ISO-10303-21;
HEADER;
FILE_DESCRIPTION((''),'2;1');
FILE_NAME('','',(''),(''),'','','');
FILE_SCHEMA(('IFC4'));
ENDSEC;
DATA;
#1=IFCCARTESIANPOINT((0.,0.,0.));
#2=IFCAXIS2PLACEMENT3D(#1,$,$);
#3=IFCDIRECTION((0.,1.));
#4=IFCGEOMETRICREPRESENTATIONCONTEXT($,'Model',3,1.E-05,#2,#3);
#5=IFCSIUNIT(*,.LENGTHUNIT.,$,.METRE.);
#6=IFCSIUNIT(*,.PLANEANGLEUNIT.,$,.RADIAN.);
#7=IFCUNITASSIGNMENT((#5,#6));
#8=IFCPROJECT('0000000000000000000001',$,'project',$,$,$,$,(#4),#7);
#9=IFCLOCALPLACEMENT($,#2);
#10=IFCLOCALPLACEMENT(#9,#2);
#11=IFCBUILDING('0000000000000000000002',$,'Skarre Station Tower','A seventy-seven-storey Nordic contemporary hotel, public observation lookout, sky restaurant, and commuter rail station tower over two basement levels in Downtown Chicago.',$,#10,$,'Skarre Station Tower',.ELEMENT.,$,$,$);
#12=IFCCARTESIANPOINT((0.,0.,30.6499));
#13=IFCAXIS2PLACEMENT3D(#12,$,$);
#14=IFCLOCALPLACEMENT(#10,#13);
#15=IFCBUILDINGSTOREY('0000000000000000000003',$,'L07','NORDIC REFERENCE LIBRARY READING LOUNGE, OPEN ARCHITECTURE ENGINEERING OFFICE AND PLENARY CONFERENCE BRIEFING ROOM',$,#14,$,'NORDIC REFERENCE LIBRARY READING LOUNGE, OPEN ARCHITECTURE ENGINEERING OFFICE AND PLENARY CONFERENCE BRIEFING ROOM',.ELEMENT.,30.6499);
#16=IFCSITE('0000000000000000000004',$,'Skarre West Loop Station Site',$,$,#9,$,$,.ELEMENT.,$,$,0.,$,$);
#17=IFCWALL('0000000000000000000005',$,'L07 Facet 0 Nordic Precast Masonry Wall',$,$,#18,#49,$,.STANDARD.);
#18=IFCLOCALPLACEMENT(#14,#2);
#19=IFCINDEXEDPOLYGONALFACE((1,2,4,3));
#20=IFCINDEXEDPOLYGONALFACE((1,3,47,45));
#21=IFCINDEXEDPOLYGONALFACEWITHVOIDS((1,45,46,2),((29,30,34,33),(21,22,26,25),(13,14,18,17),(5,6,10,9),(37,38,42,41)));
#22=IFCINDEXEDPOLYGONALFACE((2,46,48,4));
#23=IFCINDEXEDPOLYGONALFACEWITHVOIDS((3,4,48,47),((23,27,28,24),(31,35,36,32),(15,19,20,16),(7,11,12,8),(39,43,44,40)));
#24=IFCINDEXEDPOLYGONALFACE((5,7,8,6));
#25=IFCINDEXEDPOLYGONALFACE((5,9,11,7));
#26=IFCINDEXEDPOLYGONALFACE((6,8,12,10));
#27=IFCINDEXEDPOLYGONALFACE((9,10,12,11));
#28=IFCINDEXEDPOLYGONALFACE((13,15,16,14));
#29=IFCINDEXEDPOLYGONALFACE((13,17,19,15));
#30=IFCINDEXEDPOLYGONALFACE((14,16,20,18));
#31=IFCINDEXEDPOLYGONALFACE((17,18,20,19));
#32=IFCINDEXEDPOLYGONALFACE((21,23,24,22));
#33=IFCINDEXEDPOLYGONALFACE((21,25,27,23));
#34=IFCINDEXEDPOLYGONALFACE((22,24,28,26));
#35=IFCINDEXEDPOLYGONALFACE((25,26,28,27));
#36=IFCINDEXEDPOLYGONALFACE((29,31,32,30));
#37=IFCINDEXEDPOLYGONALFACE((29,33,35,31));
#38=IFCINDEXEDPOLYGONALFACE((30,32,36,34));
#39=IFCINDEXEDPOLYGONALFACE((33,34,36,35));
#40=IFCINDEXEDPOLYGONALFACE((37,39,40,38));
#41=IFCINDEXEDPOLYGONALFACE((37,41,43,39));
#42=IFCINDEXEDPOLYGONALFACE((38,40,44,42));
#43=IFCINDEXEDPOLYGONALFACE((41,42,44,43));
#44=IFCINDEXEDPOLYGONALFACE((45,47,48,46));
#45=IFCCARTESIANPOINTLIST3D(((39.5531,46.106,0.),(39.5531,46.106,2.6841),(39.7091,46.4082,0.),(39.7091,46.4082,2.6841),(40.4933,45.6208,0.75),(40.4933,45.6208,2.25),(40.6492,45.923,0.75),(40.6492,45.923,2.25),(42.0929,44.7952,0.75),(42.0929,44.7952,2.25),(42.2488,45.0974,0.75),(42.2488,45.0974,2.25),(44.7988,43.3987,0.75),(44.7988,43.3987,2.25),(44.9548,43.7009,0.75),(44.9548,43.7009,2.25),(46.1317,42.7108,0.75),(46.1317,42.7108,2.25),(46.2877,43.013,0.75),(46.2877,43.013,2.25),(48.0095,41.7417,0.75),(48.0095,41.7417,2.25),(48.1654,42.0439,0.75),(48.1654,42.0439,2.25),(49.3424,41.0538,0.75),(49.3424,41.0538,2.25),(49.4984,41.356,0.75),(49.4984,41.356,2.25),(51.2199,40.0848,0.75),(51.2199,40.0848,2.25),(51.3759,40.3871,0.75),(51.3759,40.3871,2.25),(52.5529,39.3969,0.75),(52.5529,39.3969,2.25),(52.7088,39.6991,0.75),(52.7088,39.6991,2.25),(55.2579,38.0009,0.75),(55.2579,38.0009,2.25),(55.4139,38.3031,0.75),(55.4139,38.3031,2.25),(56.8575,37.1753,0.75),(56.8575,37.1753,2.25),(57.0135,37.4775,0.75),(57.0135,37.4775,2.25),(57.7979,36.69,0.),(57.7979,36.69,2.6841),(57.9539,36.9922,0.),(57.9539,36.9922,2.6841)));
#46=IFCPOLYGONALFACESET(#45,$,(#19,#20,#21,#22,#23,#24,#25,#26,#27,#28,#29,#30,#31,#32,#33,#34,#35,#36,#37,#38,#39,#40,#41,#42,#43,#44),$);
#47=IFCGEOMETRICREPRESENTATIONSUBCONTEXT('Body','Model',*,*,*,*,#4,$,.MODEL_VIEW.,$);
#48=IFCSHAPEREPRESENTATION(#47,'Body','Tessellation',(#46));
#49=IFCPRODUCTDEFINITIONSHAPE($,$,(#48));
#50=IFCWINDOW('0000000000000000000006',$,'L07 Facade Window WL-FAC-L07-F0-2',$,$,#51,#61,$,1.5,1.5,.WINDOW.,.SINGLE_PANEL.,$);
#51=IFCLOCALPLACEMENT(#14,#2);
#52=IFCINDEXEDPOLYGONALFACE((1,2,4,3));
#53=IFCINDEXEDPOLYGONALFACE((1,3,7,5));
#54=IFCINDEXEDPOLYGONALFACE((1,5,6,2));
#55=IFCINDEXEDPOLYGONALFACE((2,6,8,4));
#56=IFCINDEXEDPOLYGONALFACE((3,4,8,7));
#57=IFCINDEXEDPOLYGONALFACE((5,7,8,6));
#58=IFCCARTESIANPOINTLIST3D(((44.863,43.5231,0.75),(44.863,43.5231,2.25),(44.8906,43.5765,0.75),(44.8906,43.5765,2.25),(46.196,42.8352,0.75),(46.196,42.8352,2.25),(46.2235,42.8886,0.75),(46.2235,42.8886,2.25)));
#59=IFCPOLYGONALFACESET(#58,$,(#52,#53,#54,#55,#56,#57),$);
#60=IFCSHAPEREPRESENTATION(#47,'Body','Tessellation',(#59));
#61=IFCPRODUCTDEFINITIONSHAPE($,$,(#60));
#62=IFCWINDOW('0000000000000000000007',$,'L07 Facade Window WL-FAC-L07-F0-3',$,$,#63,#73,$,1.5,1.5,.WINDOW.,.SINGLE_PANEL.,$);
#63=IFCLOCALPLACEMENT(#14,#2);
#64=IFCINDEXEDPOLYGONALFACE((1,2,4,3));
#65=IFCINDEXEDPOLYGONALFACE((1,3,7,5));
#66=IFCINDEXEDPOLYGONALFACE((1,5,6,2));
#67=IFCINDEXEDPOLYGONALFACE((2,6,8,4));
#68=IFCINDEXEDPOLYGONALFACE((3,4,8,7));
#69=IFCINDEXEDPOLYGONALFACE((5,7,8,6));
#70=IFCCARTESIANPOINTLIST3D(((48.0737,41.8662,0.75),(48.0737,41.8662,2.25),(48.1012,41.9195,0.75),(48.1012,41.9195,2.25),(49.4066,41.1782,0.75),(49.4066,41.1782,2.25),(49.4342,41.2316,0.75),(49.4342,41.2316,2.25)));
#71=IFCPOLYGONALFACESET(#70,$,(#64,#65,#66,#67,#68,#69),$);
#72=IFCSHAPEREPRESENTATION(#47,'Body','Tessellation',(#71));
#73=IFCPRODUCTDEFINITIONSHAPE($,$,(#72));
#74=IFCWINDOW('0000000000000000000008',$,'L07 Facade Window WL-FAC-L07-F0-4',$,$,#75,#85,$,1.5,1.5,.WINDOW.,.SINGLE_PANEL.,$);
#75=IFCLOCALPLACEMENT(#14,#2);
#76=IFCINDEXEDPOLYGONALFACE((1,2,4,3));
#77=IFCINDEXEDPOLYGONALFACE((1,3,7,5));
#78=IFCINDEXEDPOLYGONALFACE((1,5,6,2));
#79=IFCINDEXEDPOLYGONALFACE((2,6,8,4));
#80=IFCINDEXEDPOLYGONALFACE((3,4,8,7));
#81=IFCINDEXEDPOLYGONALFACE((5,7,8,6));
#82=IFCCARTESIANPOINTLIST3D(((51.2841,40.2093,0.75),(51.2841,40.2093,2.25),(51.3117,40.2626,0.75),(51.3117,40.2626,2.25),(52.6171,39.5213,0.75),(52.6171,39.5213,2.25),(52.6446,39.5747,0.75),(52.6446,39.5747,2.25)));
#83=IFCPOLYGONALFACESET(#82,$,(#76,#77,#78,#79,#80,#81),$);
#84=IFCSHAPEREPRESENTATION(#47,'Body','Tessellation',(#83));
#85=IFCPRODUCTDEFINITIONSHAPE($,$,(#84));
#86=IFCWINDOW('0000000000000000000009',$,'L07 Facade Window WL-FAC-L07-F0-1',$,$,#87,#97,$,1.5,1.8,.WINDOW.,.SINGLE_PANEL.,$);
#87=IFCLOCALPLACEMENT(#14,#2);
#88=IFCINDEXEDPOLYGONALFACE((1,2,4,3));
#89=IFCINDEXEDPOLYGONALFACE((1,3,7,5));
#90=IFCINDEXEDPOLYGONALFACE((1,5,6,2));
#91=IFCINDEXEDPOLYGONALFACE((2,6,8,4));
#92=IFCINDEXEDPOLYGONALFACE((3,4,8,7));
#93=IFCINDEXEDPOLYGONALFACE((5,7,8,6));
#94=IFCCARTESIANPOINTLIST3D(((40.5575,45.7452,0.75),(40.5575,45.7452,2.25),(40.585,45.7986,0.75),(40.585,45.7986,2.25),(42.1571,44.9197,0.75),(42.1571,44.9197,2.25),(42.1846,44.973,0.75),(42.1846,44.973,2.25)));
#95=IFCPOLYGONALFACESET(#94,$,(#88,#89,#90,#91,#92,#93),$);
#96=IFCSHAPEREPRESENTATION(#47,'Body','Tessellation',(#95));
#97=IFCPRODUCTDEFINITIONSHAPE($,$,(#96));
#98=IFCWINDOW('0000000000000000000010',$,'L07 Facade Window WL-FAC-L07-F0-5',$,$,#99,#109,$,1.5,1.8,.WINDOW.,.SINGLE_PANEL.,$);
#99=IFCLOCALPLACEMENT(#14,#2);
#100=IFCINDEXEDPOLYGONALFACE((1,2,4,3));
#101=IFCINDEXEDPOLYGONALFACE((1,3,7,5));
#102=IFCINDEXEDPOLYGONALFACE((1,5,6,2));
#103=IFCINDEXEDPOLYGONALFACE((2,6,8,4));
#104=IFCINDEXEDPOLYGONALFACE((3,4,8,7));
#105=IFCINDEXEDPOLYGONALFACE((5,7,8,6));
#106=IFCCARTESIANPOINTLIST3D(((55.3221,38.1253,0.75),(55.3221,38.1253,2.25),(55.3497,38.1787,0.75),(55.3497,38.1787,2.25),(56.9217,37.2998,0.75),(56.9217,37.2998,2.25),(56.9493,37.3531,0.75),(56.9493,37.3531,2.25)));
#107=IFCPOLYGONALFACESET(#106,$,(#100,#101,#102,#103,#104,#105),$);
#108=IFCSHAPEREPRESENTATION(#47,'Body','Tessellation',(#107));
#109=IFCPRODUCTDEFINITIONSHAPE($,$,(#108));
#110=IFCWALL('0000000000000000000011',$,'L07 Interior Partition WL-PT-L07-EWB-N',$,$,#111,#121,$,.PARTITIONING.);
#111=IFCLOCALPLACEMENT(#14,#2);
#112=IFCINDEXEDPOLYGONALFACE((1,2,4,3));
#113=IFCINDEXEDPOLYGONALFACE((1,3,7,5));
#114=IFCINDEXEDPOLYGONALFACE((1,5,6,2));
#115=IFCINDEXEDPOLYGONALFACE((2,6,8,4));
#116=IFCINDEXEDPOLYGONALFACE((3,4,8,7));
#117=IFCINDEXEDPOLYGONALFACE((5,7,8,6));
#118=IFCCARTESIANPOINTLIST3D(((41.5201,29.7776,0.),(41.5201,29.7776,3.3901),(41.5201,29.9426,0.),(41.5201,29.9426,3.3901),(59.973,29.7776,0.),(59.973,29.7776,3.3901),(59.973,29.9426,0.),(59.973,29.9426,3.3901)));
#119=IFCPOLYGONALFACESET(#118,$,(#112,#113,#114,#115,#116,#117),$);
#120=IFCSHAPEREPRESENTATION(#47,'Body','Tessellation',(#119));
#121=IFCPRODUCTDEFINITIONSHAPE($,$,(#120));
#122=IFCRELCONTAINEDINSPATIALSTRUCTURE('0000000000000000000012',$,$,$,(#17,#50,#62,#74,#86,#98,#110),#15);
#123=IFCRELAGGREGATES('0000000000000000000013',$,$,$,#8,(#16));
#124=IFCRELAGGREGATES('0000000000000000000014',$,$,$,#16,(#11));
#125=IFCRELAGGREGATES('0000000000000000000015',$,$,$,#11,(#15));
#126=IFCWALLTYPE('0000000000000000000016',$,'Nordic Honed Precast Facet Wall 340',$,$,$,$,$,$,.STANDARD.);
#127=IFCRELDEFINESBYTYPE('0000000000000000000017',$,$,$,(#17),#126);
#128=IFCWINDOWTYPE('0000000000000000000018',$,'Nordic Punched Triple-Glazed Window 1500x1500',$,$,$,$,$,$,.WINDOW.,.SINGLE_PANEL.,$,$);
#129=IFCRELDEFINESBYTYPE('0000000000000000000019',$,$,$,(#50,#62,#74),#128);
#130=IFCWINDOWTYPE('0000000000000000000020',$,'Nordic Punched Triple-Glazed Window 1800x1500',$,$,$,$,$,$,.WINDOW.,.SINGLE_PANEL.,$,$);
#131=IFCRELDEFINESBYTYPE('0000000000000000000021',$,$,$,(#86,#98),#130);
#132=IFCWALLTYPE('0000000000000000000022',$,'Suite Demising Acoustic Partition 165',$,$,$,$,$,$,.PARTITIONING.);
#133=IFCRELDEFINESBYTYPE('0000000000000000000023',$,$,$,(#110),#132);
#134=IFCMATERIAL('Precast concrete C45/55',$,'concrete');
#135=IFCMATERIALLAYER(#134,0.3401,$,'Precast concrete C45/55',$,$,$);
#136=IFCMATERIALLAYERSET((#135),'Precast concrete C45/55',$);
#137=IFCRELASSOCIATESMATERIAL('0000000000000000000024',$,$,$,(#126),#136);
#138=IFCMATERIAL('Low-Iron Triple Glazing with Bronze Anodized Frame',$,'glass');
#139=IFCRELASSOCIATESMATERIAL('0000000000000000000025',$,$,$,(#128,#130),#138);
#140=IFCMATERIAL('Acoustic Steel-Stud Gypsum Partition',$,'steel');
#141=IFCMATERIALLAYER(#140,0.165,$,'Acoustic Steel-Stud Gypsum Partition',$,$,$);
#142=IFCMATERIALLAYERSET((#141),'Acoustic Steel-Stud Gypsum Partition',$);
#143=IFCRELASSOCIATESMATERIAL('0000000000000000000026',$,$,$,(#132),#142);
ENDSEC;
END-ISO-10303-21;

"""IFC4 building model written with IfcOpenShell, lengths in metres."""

from ifc_helpers import new_model, si_unit, direction, frame, frame_2d, origin, place, context, subcontext, project, spatial, rectangle, extrude, material, layer, layer_set, type_object, element, fill, save


model = new_model("IFC4")

# Units and contexts
model_context = context("Model", 3, precision=1e-05, world=origin(), true_north=direction((0.0, 1.0)))
body_context = subcontext(model_context, "Body", "Model", "MODEL_VIEW")
ifc_project = project(units=[si_unit("LENGTHUNIT", "METRE"), si_unit("PLANEANGLEUNIT", "RADIAN")], contexts=[model_context])

# Site, building, storey
site_placement = place(None, origin())
site = spatial("IfcSite", under=ifc_project, at=site_placement, Name="Skarre West Loop Station Site", CompositionType="ELEMENT", RefElevation=0.0)
building_placement = place(site_placement, origin())
building = spatial("IfcBuilding", under=site, at=building_placement, Name="Skarre Station Tower", Description="A seventy-seven-storey Nordic contemporary hotel, public observation lookout, sky restaurant, and commuter rail station tower over two basement levels in Downtown Chicago.", LongName="Skarre Station Tower", CompositionType="ELEMENT")
storey_placement = place(building_placement, frame((0.0, 0.0, 30.6499)))
storey = spatial("IfcBuildingStorey", under=building, at=storey_placement, Name="L07", Description="NORDIC REFERENCE LIBRARY READING LOUNGE, OPEN ARCHITECTURE ENGINEERING OFFICE AND PLENARY CONFERENCE BRIEFING ROOM", LongName="NORDIC REFERENCE LIBRARY READING LOUNGE, OPEN ARCHITECTURE ENGINEERING OFFICE AND PLENARY CONFERENCE BRIEFING ROOM", CompositionType="ELEMENT", Elevation=30.6499)

# Shared definitions
ifc_material_1 = material(Name="Acoustic Steel-Stud Gypsum Partition", Category="steel")

# Wall, openings, windows
ifc_material_2 = material(Name="Precast concrete C45/55", Category="concrete")
ifc_layer_1 = layer(ifc_material_2, 0.3401, Name="Precast concrete C45/55")
ifc_layer_set_1 = layer_set([ifc_layer_1], Name="Precast concrete C45/55")
wall_type_1 = type_object("IfcWallType", Name="Nordic Honed Precast Facet Wall 340", PredefinedType="STANDARD", material=ifc_layer_set_1)
wall_1_placement = place(storey_placement, frame((39.6311, 46.2571, 0.0), z_axis=(0.0, 0.0, 1.0), x_axis=(0.888634, -0.458616, 0.0)))
wall_1 = element("IfcWall", 1, at=wall_1_placement, inside=storey, type_object=wall_type_1, Name="L07 Facet 0 Nordic Precast Masonry Wall", PredefinedType="STANDARD", context=body_context, shape_type="SweptSolid", body=[
    extrude(rectangle(XDim=20.5312, YDim=0.3401, at=frame_2d((10.2656, 0.0))), origin(), (0.0, 0.0, 1.0), 2.6841),
])
opening_1_placement = place(wall_1_placement, frame((1.0581, 0.0, 0.75)))
opening_1 = element("IfcOpeningElement", 2, at=opening_1_placement, cuts=wall_1, PredefinedType="OPENING", context=body_context, shape_type="SweptSolid", body=[
    extrude(rectangle(XDim=1.8, YDim=1.5, at=frame_2d((0.8999, 0.75))), frame((0.0, 0.1799, 0.0), z_axis=(0.0, -1.0, 0.0), x_axis=(1.0, 0.0, 0.0)), (0.0, 0.0, 1.0), 0.3601),
])
opening_2_placement = place(wall_1_placement, frame((5.9031, 0.0, 0.75)))
opening_2 = element("IfcOpeningElement", 3, at=opening_2_placement, cuts=wall_1, PredefinedType="OPENING", context=body_context, shape_type="SweptSolid", body=[
    extrude(rectangle(XDim=1.5, YDim=1.5, at=frame_2d((0.75, 0.75))), frame((0.0, 0.1799, 0.0), z_axis=(0.0, -1.0, 0.0), x_axis=(1.0, 0.0, 0.0)), (0.0, 0.0, 1.0), 0.3601),
])
opening_3_placement = place(wall_1_placement, frame((9.5161, 0.0, 0.75)))
opening_3 = element("IfcOpeningElement", 4, at=opening_3_placement, cuts=wall_1, PredefinedType="OPENING", context=body_context, shape_type="SweptSolid", body=[
    extrude(rectangle(XDim=1.5, YDim=1.5, at=frame_2d((0.75, 0.75))), frame((0.0, 0.1799, 0.0), z_axis=(0.0, -1.0, 0.0), x_axis=(1.0, 0.0, 0.0)), (0.0, 0.0, 1.0), 0.3601),
])
opening_4_placement = place(wall_1_placement, frame((13.1289, 0.0, 0.75)))
opening_4 = element("IfcOpeningElement", 5, at=opening_4_placement, cuts=wall_1, PredefinedType="OPENING", context=body_context, shape_type="SweptSolid", body=[
    extrude(rectangle(XDim=1.5, YDim=1.5, at=frame_2d((0.75, 0.75))), frame((0.0, 0.1799, 0.0), z_axis=(0.0, -1.0, 0.0), x_axis=(1.0, 0.0, 0.0)), (0.0, 0.0, 1.0), 0.3601),
])
opening_5_placement = place(wall_1_placement, frame((17.6731, 0.0, 0.75)))
opening_5 = element("IfcOpeningElement", 6, at=opening_5_placement, cuts=wall_1, PredefinedType="OPENING", context=body_context, shape_type="SweptSolid", body=[
    extrude(rectangle(XDim=1.8, YDim=1.5, at=frame_2d((0.8999, 0.75))), frame((0.0, 0.1799, 0.0), z_axis=(0.0, -1.0, 0.0), x_axis=(1.0, 0.0, 0.0)), (0.0, 0.0, 1.0), 0.3601),
])
ifc_material_3 = material(Name="Low-Iron Triple Glazing with Bronze Anodized Frame", Category="glass")
window_type_1 = type_object("IfcWindowType", Name="Nordic Punched Triple-Glazed Window 1500x1500", PartitioningType="SINGLE_PANEL", PredefinedType="WINDOW", material=ifc_material_3)
window_1_placement = place(opening_2_placement, origin())
window_1 = element("IfcWindow", 7, at=window_1_placement, inside=storey, type_object=window_type_1, Name="L07 Facade Window WL-FAC-L07-F0-2", OverallHeight=1.5, OverallWidth=1.5, PartitioningType="SINGLE_PANEL", PredefinedType="WINDOW", context=body_context, shape_type="SweptSolid", body=[
    extrude(rectangle(XDim=1.5, YDim=1.5, at=frame_2d((0.75, 0.75))), frame((0.0, 0.03, 0.0), z_axis=(0.0, -1.0, 0.0), x_axis=(1.0, 0.0, 0.0)), (0.0, 0.0, 1.0), 0.0601),
])
fill(opening_2, window_1)
window_2_placement = place(opening_3_placement, origin())
window_2 = element("IfcWindow", 8, at=window_2_placement, inside=storey, type_object=window_type_1, Name="L07 Facade Window WL-FAC-L07-F0-3", OverallHeight=1.5, OverallWidth=1.5, PartitioningType="SINGLE_PANEL", PredefinedType="WINDOW", context=body_context, shape_type="SweptSolid", body=[
    extrude(rectangle(XDim=1.5, YDim=1.5, at=frame_2d((0.75, 0.75))), frame((0.0, 0.03, 0.0), z_axis=(0.0, -1.0, 0.0), x_axis=(1.0, 0.0, 0.0)), (0.0, 0.0, 1.0), 0.0601),
])
fill(opening_3, window_2)
window_3_placement = place(opening_4_placement, origin())
window_3 = element("IfcWindow", 9, at=window_3_placement, inside=storey, type_object=window_type_1, Name="L07 Facade Window WL-FAC-L07-F0-4", OverallHeight=1.5, OverallWidth=1.5, PartitioningType="SINGLE_PANEL", PredefinedType="WINDOW", context=body_context, shape_type="SweptSolid", body=[
    extrude(rectangle(XDim=1.5, YDim=1.5, at=frame_2d((0.75, 0.75))), frame((0.0, 0.03, 0.0), z_axis=(0.0, -1.0, 0.0), x_axis=(1.0, 0.0, 0.0)), (0.0, 0.0, 1.0), 0.0601),
])
fill(opening_4, window_3)
window_type_2 = type_object("IfcWindowType", Name="Nordic Punched Triple-Glazed Window 1800x1500", PartitioningType="SINGLE_PANEL", PredefinedType="WINDOW", material=ifc_material_3)
window_4_placement = place(opening_1_placement, origin())
window_4 = element("IfcWindow", 10, at=window_4_placement, inside=storey, type_object=window_type_2, Name="L07 Facade Window WL-FAC-L07-F0-1", OverallHeight=1.5, OverallWidth=1.8, PartitioningType="SINGLE_PANEL", PredefinedType="WINDOW", context=body_context, shape_type="SweptSolid", body=[
    extrude(rectangle(XDim=1.8, YDim=1.5, at=frame_2d((0.8999, 0.75))), frame((0.0, 0.03, 0.0), z_axis=(0.0, -1.0, 0.0), x_axis=(1.0, 0.0, 0.0)), (0.0, 0.0, 1.0), 0.0601),
])
fill(opening_1, window_4)
window_5_placement = place(opening_5_placement, origin())
window_5 = element("IfcWindow", 11, at=window_5_placement, inside=storey, type_object=window_type_2, Name="L07 Facade Window WL-FAC-L07-F0-5", OverallHeight=1.5, OverallWidth=1.8, PartitioningType="SINGLE_PANEL", PredefinedType="WINDOW", context=body_context, shape_type="SweptSolid", body=[
    extrude(rectangle(XDim=1.8, YDim=1.5, at=frame_2d((0.8999, 0.75))), frame((0.0, 0.03, 0.0), z_axis=(0.0, -1.0, 0.0), x_axis=(1.0, 0.0, 0.0)), (0.0, 0.0, 1.0), 0.0601),
])
fill(opening_5, window_5)

# Wall
ifc_layer_2 = layer(ifc_material_1, 0.165, Name="Acoustic Steel-Stud Gypsum Partition")
ifc_layer_set_2 = layer_set([ifc_layer_2], Name="Acoustic Steel-Stud Gypsum Partition")
wall_type_2 = type_object("IfcWallType", Name="Suite Demising Acoustic Partition 165", PredefinedType="PARTITIONING", material=ifc_layer_set_2)
wall_2_placement = place(storey_placement, frame((41.52, 29.8601, 0.0), z_axis=(0.0, 0.0, 1.0), x_axis=(1.0, 0.0, 0.0)))
element("IfcWall", 12, at=wall_2_placement, inside=storey, type_object=wall_type_2, Name="L07 Interior Partition WL-PT-L07-EWB-N", PredefinedType="PARTITIONING", context=body_context, shape_type="SweptSolid", body=[
    extrude(rectangle(XDim=18.4529, YDim=0.165, at=frame_2d((9.2266, 0.0))), origin(), (0.0, 0.0, 1.0), 3.3901),
])

save(model, "model.ifc")
